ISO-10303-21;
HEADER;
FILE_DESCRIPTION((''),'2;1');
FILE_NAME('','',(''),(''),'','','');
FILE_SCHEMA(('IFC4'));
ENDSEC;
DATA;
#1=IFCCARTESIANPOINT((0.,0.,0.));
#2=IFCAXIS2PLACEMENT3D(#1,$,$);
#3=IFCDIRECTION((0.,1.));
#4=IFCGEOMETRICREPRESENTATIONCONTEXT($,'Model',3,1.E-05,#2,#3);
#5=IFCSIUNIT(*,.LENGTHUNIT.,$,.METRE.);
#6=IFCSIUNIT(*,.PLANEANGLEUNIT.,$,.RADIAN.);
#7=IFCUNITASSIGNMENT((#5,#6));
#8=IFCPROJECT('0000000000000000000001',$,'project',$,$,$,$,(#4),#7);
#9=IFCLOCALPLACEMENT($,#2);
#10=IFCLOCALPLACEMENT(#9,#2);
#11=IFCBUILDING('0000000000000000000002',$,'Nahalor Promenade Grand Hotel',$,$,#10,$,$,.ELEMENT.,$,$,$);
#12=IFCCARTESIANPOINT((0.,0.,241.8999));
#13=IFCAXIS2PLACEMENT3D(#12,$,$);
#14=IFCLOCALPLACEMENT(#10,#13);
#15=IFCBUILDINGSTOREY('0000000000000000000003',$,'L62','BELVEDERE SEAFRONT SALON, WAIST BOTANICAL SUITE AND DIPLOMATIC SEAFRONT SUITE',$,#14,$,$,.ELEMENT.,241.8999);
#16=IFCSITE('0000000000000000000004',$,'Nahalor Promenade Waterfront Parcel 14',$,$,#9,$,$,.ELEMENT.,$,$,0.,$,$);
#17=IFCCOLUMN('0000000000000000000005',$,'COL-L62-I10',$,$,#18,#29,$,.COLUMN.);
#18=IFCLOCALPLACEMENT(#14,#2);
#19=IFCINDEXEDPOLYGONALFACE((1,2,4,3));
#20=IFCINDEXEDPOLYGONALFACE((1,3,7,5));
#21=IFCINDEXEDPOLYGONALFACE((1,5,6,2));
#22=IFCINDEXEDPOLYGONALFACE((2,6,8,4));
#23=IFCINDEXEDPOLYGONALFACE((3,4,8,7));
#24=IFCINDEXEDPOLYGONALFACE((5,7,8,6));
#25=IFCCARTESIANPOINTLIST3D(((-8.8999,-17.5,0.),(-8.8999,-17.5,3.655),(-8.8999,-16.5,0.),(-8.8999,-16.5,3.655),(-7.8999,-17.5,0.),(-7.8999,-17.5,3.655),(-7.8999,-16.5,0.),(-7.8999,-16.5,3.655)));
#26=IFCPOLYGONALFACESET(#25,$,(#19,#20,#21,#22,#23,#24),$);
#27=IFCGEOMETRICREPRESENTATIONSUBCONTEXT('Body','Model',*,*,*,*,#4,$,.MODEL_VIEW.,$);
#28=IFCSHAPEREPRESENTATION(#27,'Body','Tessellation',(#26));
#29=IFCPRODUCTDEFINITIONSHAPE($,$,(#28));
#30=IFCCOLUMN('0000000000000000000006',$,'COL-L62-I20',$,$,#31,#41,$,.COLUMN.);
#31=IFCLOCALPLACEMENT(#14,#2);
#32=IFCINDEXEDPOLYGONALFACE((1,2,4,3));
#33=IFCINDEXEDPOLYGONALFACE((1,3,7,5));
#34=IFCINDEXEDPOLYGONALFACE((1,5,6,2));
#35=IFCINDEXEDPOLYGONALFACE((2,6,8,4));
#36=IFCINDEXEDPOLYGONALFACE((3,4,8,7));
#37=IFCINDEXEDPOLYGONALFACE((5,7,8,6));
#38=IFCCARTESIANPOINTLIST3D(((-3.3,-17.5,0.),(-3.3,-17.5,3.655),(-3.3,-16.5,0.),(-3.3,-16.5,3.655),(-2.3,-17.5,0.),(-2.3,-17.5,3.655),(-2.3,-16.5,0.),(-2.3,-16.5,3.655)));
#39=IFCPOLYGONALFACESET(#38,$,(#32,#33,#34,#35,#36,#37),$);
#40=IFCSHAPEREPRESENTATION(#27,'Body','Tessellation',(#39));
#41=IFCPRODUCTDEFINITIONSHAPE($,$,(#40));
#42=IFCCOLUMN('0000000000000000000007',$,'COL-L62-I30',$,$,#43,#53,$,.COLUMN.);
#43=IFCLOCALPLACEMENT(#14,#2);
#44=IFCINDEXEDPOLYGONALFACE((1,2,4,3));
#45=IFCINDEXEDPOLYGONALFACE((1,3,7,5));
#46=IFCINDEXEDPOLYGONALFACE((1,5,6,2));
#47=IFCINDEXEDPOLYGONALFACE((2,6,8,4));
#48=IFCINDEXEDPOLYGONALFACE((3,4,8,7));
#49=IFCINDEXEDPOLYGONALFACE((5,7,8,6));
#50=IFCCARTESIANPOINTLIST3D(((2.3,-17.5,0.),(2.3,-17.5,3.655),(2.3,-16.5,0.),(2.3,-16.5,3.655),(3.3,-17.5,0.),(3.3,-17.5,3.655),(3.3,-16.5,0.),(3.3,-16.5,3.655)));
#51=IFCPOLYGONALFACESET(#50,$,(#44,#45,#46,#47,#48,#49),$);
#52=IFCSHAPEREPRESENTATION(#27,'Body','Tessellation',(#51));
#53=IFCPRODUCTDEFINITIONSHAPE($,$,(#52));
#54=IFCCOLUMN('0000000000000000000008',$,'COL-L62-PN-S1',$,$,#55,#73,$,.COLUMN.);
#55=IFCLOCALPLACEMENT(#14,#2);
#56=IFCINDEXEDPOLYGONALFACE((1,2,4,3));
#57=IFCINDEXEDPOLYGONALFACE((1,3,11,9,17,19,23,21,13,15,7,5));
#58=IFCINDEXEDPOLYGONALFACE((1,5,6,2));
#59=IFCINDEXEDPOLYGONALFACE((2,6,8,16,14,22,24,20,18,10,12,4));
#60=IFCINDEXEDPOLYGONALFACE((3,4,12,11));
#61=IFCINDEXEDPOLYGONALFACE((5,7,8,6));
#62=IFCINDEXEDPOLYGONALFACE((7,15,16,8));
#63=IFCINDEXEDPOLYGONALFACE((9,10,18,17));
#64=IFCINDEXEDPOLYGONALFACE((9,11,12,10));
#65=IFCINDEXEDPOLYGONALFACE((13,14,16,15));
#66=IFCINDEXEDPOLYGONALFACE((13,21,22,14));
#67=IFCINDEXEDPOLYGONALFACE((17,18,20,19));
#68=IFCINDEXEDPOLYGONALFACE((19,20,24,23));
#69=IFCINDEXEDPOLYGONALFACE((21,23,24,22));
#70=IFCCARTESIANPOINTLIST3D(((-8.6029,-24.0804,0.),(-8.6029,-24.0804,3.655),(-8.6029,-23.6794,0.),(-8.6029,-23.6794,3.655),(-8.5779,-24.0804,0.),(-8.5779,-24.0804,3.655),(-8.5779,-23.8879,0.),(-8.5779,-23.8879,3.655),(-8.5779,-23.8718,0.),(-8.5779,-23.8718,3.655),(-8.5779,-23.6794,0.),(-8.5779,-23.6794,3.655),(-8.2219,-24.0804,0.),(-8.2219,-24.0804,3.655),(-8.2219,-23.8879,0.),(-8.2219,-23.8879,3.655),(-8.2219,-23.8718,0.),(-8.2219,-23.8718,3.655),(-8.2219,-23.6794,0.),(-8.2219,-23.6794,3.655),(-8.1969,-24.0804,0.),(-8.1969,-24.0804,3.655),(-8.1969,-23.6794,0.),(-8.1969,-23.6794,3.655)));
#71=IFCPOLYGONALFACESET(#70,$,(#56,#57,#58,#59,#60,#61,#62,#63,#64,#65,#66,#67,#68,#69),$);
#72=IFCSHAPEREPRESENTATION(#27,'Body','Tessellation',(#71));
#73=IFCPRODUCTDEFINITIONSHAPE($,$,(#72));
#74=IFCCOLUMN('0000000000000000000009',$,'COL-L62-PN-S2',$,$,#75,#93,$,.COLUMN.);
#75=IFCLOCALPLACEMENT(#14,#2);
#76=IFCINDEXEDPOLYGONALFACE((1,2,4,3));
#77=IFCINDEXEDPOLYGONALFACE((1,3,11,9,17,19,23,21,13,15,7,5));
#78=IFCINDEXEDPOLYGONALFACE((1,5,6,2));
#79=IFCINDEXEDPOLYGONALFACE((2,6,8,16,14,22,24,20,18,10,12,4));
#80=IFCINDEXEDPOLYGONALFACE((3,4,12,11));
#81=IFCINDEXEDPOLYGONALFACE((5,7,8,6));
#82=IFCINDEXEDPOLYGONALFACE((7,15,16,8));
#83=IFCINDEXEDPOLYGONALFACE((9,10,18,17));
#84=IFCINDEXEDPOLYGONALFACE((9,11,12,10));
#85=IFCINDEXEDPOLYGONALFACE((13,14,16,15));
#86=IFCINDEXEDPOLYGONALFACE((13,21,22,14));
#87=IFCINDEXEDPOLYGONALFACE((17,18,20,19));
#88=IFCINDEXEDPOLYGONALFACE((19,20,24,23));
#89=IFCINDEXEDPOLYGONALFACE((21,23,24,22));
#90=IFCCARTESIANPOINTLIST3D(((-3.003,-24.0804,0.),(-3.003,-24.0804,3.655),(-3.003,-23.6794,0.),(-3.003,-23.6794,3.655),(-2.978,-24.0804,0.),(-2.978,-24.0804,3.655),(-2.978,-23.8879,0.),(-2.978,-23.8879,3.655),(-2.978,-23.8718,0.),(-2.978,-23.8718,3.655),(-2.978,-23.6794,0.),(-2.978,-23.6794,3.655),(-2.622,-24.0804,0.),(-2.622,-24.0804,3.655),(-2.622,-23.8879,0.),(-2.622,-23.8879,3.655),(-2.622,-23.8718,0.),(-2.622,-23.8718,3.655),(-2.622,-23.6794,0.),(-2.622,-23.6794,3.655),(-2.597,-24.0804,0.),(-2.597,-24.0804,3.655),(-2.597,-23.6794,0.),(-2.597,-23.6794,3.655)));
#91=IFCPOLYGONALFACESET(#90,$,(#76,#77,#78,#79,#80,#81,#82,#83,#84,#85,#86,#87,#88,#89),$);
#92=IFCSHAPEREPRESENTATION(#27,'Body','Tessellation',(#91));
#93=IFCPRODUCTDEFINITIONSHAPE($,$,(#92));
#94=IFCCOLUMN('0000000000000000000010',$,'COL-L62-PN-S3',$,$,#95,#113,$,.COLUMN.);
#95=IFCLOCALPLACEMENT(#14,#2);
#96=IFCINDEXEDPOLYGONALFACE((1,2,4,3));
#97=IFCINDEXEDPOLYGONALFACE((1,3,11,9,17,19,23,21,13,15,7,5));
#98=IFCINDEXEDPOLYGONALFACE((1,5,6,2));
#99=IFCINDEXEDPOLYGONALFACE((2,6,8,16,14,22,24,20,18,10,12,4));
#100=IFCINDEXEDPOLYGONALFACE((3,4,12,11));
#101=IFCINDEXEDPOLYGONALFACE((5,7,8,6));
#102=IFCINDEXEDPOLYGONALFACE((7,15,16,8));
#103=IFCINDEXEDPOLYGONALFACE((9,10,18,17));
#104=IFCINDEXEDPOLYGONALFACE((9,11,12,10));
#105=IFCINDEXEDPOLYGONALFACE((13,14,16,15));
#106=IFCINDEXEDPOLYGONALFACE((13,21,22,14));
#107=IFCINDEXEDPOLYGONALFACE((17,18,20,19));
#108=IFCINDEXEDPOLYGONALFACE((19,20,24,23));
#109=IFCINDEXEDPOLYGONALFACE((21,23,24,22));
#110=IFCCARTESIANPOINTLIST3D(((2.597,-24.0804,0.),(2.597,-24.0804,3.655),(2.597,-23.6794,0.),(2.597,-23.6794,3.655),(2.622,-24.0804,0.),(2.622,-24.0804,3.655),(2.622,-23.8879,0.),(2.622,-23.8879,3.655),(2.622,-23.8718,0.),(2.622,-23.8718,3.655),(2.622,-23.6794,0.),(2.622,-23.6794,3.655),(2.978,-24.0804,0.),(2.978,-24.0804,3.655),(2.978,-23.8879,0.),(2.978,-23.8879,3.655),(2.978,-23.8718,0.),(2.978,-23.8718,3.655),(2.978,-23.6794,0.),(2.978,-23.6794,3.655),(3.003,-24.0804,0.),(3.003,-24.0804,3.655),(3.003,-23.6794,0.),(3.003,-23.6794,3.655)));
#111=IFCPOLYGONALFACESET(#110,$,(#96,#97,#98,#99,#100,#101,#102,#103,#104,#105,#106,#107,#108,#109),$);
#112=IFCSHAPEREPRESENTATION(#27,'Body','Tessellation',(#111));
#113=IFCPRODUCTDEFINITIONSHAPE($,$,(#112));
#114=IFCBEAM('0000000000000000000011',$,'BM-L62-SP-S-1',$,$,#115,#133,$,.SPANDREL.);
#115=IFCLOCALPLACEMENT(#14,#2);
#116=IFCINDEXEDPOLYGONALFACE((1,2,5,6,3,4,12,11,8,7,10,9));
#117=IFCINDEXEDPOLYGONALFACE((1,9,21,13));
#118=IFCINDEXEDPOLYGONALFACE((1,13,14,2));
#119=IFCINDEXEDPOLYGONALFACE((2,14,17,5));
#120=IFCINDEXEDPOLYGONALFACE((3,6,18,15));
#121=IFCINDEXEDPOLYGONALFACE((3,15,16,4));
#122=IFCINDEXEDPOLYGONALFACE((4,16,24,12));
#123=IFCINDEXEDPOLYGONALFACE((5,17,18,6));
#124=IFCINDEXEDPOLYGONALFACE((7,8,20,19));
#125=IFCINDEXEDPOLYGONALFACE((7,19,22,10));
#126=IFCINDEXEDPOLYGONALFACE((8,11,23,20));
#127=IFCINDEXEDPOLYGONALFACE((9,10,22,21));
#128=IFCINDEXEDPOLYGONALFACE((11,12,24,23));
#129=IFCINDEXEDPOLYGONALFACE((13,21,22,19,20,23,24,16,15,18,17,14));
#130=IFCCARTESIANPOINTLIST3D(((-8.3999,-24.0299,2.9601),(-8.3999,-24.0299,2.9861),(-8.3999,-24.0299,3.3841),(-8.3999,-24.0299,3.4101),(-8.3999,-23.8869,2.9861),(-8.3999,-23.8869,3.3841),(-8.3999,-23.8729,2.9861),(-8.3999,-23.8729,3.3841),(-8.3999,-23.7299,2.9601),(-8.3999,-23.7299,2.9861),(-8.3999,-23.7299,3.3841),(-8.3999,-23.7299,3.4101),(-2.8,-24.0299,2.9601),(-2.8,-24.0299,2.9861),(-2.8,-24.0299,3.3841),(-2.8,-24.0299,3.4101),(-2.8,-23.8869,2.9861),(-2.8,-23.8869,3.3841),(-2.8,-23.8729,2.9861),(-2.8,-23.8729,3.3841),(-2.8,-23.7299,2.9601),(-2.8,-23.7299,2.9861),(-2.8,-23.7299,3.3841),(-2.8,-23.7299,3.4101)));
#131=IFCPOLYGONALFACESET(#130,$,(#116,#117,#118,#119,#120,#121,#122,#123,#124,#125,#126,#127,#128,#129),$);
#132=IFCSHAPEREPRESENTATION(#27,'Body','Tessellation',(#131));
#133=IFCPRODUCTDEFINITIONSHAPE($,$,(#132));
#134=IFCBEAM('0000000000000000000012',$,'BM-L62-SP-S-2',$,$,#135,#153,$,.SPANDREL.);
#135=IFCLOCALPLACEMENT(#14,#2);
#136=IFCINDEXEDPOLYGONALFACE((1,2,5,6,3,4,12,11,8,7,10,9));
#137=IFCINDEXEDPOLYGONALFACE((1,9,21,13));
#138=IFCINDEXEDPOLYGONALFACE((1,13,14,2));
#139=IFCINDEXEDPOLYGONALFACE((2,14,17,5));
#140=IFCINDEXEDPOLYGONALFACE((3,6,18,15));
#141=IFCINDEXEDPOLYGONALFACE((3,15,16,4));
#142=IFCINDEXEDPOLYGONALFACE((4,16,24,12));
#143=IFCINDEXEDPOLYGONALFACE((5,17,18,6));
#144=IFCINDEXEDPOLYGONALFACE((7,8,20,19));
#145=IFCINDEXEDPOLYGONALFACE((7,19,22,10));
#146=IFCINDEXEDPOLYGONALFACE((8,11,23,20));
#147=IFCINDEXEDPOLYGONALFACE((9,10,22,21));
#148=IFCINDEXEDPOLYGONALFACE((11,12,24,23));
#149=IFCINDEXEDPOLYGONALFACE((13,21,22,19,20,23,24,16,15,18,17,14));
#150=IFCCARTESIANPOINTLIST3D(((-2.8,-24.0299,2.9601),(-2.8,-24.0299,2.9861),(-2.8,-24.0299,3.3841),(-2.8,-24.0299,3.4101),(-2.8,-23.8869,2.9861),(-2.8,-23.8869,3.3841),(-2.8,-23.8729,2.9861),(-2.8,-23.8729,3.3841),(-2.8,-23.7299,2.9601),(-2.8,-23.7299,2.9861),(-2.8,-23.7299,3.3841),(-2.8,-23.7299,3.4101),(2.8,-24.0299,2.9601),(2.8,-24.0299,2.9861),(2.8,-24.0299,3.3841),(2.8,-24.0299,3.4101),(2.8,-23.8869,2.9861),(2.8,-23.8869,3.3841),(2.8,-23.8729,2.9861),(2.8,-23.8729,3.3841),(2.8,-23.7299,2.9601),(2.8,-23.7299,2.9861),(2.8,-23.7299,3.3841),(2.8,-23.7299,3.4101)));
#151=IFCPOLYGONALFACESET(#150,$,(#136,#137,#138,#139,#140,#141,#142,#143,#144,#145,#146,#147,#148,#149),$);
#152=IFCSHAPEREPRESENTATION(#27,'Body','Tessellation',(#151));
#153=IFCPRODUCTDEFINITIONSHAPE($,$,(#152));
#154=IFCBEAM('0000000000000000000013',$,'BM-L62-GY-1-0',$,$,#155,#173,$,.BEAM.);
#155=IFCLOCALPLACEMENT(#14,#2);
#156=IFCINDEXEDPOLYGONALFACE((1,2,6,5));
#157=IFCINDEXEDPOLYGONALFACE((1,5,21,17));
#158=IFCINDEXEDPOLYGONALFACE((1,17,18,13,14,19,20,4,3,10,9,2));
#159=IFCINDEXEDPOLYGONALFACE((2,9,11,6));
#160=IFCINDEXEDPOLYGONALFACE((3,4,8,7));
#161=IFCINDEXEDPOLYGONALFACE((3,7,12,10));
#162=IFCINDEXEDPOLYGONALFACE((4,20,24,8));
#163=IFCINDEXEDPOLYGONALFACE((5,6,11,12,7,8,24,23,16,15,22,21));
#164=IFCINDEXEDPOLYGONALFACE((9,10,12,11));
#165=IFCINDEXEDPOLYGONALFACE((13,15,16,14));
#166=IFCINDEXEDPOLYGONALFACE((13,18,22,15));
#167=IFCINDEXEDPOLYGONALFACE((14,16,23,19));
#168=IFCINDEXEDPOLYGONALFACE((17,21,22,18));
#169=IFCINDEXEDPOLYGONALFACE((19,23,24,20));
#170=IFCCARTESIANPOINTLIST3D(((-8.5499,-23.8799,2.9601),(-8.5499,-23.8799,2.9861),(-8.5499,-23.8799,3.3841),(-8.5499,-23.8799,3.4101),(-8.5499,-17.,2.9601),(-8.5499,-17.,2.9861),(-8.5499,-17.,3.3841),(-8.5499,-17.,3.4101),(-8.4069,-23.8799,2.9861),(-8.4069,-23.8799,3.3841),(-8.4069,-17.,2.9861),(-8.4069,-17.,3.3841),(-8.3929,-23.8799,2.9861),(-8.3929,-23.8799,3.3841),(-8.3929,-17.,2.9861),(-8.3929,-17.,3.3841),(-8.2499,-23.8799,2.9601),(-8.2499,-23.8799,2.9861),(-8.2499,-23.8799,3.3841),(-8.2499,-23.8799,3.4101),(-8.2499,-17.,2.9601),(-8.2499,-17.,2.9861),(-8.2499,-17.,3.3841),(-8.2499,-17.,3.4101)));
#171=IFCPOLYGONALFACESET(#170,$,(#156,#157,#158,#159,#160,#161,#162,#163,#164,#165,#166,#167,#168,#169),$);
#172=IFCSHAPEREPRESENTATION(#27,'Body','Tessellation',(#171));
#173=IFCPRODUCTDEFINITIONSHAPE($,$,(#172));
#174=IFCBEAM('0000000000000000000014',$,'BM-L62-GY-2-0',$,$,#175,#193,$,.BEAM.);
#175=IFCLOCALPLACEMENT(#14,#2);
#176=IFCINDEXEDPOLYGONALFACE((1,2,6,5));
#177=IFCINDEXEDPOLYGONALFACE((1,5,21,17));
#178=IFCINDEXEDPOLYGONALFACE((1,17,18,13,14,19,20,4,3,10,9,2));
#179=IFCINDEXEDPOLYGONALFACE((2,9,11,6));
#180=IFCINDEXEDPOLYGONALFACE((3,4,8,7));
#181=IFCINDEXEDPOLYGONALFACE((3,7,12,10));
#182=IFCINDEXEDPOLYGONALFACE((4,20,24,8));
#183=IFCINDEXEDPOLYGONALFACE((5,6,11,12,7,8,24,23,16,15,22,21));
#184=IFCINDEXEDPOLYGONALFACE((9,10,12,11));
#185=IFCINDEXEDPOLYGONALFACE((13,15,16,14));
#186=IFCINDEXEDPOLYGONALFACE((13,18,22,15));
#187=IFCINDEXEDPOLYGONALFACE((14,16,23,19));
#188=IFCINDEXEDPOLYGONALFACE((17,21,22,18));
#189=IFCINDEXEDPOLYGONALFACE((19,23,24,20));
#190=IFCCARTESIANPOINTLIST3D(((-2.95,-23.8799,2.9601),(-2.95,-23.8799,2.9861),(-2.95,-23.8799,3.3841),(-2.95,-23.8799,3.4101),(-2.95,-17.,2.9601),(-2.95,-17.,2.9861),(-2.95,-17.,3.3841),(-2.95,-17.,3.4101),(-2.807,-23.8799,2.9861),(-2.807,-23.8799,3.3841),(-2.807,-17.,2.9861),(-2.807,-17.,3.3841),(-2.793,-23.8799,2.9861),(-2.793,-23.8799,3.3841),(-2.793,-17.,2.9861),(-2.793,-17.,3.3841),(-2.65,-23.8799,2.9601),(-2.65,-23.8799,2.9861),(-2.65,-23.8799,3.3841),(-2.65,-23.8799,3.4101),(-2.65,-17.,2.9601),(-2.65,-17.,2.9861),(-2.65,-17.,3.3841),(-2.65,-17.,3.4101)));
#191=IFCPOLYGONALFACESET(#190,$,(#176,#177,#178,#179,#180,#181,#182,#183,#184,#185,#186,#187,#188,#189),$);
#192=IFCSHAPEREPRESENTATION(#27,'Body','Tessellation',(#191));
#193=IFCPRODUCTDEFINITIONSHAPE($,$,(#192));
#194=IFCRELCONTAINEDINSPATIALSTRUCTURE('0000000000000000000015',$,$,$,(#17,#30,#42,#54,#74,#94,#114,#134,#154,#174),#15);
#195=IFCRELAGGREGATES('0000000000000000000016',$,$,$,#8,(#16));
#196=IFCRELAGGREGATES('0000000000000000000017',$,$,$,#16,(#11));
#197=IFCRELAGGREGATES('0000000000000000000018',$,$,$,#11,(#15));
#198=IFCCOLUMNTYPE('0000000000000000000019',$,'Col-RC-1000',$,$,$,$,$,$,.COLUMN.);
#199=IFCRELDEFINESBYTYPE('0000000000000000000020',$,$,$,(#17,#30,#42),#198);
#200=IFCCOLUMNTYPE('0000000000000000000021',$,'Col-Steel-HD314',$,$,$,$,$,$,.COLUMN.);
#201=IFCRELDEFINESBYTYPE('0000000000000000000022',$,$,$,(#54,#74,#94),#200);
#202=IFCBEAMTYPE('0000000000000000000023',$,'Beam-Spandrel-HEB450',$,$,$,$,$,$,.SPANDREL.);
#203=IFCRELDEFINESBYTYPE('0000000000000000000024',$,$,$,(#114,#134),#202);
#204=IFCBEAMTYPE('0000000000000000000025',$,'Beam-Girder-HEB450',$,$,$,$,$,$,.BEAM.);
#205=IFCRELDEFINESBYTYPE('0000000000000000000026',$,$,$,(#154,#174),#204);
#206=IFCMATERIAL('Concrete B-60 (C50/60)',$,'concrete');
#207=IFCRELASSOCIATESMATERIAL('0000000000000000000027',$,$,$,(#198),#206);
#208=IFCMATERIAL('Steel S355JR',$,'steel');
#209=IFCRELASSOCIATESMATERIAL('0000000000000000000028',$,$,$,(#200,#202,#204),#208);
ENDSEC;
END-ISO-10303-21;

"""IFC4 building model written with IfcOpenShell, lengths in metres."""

from ifc_helpers import new_model, si_unit, direction, frame, origin, origin_2d, place, context, subcontext, project, spatial, rectangle, i_section, extrude, source, transform, mapped, material, material_profile, profile_set, type_object, element, save


model = new_model("IFC4")

# Units and contexts
model_context = context("Model", 3, precision=1e-05, world=origin(), true_north=direction((0.0, 1.0)))
body_context = subcontext(model_context, "Body", "Model", "MODEL_VIEW")
ifc_project = project(units=[si_unit("LENGTHUNIT", "METRE"), si_unit("PLANEANGLEUNIT", "RADIAN")], contexts=[model_context])

# Site, building, storey
site_placement = place(None, origin())
site = spatial("IfcSite", under=ifc_project, at=site_placement, Name="Nahalor Promenade Waterfront Parcel 14", CompositionType="ELEMENT", RefElevation=0.0)
building_placement = place(site_placement, origin())
building = spatial("IfcBuilding", under=site, at=building_placement, Name="Nahalor Promenade Grand Hotel", CompositionType="ELEMENT")
storey_placement = place(building_placement, frame((0.0, 0.0, 241.8999)))
storey = spatial("IfcBuildingStorey", under=building, at=storey_placement, Name="L62", Description="BELVEDERE SEAFRONT SALON, WAIST BOTANICAL SUITE AND DIPLOMATIC SEAFRONT SUITE", CompositionType="ELEMENT", Elevation=241.8999)

# Columns
ifc_material_1 = material(Name="Concrete B-60 (C50/60)", Category="concrete")
ifc_material_profile_1 = material_profile(ifc_material_1, rectangle(XDim=1.0, YDim=1.0, at=origin_2d()), Name="RC 1000x1000")
ifc_profile_set_1 = profile_set([ifc_material_profile_1], Name="Concrete B-60 (C50/60)")
column_type_1 = type_object("IfcColumnType", Name="Col-RC-1000", PredefinedType="COLUMN", material=ifc_profile_set_1)
shared_shape_1 = source(origin(), body_context, "Body", "SweptSolid", [
    extrude(rectangle(XDim=1.0, YDim=1.0, at=origin_2d()), origin(), (0.0, 0.0, 1.0), 3.655),
])
for number, where, z_axis, x_axis, name in (
    (1, (-8.3999, -17.0, 0.0), (0.0, 0.0, 1.0), (1.0, 0.0, 0.0), "COL-L62-I10"),
    (2, (-2.8, -17.0, 0.0), (0.0, 0.0, 1.0), (1.0, 0.0, 0.0), "COL-L62-I20"),
    (3, (2.8, -17.0, 0.0), (0.0, 0.0, 1.0), (1.0, 0.0, 0.0), "COL-L62-I30"),
):
    element("IfcColumn", number, at=place(storey_placement, frame(where, z_axis=z_axis, x_axis=x_axis)), inside=storey, type_object=column_type_1, Name=name, PredefinedType="COLUMN", context=body_context, shape_type="MappedRepresentation", body=[
        mapped(shared_shape_1, transform((0.0, 0.0, 0.0), scale=1.0)),
    ])
ifc_material_2 = material(Name="Steel S355JR", Category="steel")
ifc_material_profile_2 = material_profile(ifc_material_2, i_section(OverallWidth=0.401, OverallDepth=0.406, WebThickness=0.0161, FlangeThickness=0.025, at=origin_2d()), Name="HD 400x314")
ifc_profile_set_2 = profile_set([ifc_material_profile_2], Name="Steel S355JR")
column_type_2 = type_object("IfcColumnType", Name="Col-Steel-HD314", PredefinedType="COLUMN", material=ifc_profile_set_2)
shared_shape_2 = source(origin(), body_context, "Body", "SweptSolid", [
    extrude(i_section(OverallWidth=0.401, OverallDepth=0.406, WebThickness=0.0161, FlangeThickness=0.025, at=origin_2d()), origin(), (0.0, 0.0, 1.0), 3.655),
])
for number, where, z_axis, x_axis, name in (
    (4, (-8.3999, -23.8799, 0.0), (0.0, 0.0, 1.0), (0.0, 1.0, 0.0), "COL-L62-PN-S1"),
    (5, (-2.8, -23.8799, 0.0), (0.0, 0.0, 1.0), (0.0, 1.0, 0.0), "COL-L62-PN-S2"),
    (6, (2.8, -23.8799, 0.0), (0.0, 0.0, 1.0), (0.0, 1.0, 0.0), "COL-L62-PN-S3"),
):
    element("IfcColumn", number, at=place(storey_placement, frame(where, z_axis=z_axis, x_axis=x_axis)), inside=storey, type_object=column_type_2, Name=name, PredefinedType="COLUMN", context=body_context, shape_type="MappedRepresentation", body=[
        mapped(shared_shape_2, transform((0.0, 0.0, 0.0), scale=1.0)),
    ])

# Beams
ifc_material_profile_3 = material_profile(ifc_material_2, i_section(OverallWidth=0.3, OverallDepth=0.45, WebThickness=0.014, FlangeThickness=0.026, at=origin_2d()), Name="HEB 450")
ifc_profile_set_3 = profile_set([ifc_material_profile_3], Name="Steel S355JR")
beam_type_1 = type_object("IfcBeamType", Name="Beam-Spandrel-HEB450", PredefinedType="SPANDREL", material=ifc_profile_set_3)
shared_shape_3 = source(origin(), body_context, "Body", "SweptSolid", [
    extrude(i_section(OverallWidth=0.3, OverallDepth=0.45, WebThickness=0.014, FlangeThickness=0.026, at=origin_2d()), origin(), (0.0, 0.0, 1.0), 5.5999),
])
beam_1_placement = place(storey_placement, frame((-8.3999, -23.8799, 3.1851), z_axis=(1.0, 0.0, 0.0), x_axis=(0.0, 1.0, 0.0)))
element("IfcBeam", 7, at=beam_1_placement, inside=storey, type_object=beam_type_1, Name="BM-L62-SP-S-1", PredefinedType="SPANDREL", context=body_context, shape_type="MappedRepresentation", body=[
    mapped(shared_shape_3, transform((0.0, 0.0, 0.0), scale=1.0)),
])
shared_shape_4 = source(origin(), body_context, "Body", "SweptSolid", [
    extrude(i_section(OverallWidth=0.3, OverallDepth=0.45, WebThickness=0.014, FlangeThickness=0.026, at=origin_2d()), origin(), (0.0, 0.0, 1.0), 5.6001),
])
beam_2_placement = place(storey_placement, frame((-2.8, -23.8799, 3.1851), z_axis=(1.0, 0.0, 0.0), x_axis=(0.0, 1.0, 0.0)))
element("IfcBeam", 8, at=beam_2_placement, inside=storey, type_object=beam_type_1, Name="BM-L62-SP-S-2", PredefinedType="SPANDREL", context=body_context, shape_type="MappedRepresentation", body=[
    mapped(shared_shape_4, transform((0.0, 0.0, 0.0), scale=1.0)),
])
ifc_material_profile_4 = material_profile(ifc_material_2, i_section(OverallWidth=0.3, OverallDepth=0.45, WebThickness=0.014, FlangeThickness=0.026, at=origin_2d()), Name="HEB 450")
ifc_profile_set_4 = profile_set([ifc_material_profile_4], Name="Steel S355JR")
beam_type_2 = type_object("IfcBeamType", Name="Beam-Girder-HEB450", PredefinedType="BEAM", material=ifc_profile_set_4)
shared_shape_5 = source(origin(), body_context, "Body", "SweptSolid", [
    extrude(i_section(OverallWidth=0.3, OverallDepth=0.45, WebThickness=0.014, FlangeThickness=0.026, at=origin_2d()), origin(), (0.0, 0.0, 1.0), 6.8799),
])
for number, where, z_axis, x_axis, name in (
    (9, (-8.3999, -23.8799, 3.1851), (0.0, 1.0, 0.0), (-1.0, 0.0, 0.0), "BM-L62-GY-1-0"),
    (10, (-2.8, -23.8799, 3.1851), (0.0, 1.0, 0.0), (-1.0, 0.0, 0.0), "BM-L62-GY-2-0"),
):
    element("IfcBeam", number, at=place(storey_placement, frame(where, z_axis=z_axis, x_axis=x_axis)), inside=storey, type_object=beam_type_2, Name=name, PredefinedType="BEAM", context=body_context, shape_type="MappedRepresentation", body=[
        mapped(shared_shape_5, transform((0.0, 0.0, 0.0), scale=1.0)),
    ])

save(model, "model.ifc")
